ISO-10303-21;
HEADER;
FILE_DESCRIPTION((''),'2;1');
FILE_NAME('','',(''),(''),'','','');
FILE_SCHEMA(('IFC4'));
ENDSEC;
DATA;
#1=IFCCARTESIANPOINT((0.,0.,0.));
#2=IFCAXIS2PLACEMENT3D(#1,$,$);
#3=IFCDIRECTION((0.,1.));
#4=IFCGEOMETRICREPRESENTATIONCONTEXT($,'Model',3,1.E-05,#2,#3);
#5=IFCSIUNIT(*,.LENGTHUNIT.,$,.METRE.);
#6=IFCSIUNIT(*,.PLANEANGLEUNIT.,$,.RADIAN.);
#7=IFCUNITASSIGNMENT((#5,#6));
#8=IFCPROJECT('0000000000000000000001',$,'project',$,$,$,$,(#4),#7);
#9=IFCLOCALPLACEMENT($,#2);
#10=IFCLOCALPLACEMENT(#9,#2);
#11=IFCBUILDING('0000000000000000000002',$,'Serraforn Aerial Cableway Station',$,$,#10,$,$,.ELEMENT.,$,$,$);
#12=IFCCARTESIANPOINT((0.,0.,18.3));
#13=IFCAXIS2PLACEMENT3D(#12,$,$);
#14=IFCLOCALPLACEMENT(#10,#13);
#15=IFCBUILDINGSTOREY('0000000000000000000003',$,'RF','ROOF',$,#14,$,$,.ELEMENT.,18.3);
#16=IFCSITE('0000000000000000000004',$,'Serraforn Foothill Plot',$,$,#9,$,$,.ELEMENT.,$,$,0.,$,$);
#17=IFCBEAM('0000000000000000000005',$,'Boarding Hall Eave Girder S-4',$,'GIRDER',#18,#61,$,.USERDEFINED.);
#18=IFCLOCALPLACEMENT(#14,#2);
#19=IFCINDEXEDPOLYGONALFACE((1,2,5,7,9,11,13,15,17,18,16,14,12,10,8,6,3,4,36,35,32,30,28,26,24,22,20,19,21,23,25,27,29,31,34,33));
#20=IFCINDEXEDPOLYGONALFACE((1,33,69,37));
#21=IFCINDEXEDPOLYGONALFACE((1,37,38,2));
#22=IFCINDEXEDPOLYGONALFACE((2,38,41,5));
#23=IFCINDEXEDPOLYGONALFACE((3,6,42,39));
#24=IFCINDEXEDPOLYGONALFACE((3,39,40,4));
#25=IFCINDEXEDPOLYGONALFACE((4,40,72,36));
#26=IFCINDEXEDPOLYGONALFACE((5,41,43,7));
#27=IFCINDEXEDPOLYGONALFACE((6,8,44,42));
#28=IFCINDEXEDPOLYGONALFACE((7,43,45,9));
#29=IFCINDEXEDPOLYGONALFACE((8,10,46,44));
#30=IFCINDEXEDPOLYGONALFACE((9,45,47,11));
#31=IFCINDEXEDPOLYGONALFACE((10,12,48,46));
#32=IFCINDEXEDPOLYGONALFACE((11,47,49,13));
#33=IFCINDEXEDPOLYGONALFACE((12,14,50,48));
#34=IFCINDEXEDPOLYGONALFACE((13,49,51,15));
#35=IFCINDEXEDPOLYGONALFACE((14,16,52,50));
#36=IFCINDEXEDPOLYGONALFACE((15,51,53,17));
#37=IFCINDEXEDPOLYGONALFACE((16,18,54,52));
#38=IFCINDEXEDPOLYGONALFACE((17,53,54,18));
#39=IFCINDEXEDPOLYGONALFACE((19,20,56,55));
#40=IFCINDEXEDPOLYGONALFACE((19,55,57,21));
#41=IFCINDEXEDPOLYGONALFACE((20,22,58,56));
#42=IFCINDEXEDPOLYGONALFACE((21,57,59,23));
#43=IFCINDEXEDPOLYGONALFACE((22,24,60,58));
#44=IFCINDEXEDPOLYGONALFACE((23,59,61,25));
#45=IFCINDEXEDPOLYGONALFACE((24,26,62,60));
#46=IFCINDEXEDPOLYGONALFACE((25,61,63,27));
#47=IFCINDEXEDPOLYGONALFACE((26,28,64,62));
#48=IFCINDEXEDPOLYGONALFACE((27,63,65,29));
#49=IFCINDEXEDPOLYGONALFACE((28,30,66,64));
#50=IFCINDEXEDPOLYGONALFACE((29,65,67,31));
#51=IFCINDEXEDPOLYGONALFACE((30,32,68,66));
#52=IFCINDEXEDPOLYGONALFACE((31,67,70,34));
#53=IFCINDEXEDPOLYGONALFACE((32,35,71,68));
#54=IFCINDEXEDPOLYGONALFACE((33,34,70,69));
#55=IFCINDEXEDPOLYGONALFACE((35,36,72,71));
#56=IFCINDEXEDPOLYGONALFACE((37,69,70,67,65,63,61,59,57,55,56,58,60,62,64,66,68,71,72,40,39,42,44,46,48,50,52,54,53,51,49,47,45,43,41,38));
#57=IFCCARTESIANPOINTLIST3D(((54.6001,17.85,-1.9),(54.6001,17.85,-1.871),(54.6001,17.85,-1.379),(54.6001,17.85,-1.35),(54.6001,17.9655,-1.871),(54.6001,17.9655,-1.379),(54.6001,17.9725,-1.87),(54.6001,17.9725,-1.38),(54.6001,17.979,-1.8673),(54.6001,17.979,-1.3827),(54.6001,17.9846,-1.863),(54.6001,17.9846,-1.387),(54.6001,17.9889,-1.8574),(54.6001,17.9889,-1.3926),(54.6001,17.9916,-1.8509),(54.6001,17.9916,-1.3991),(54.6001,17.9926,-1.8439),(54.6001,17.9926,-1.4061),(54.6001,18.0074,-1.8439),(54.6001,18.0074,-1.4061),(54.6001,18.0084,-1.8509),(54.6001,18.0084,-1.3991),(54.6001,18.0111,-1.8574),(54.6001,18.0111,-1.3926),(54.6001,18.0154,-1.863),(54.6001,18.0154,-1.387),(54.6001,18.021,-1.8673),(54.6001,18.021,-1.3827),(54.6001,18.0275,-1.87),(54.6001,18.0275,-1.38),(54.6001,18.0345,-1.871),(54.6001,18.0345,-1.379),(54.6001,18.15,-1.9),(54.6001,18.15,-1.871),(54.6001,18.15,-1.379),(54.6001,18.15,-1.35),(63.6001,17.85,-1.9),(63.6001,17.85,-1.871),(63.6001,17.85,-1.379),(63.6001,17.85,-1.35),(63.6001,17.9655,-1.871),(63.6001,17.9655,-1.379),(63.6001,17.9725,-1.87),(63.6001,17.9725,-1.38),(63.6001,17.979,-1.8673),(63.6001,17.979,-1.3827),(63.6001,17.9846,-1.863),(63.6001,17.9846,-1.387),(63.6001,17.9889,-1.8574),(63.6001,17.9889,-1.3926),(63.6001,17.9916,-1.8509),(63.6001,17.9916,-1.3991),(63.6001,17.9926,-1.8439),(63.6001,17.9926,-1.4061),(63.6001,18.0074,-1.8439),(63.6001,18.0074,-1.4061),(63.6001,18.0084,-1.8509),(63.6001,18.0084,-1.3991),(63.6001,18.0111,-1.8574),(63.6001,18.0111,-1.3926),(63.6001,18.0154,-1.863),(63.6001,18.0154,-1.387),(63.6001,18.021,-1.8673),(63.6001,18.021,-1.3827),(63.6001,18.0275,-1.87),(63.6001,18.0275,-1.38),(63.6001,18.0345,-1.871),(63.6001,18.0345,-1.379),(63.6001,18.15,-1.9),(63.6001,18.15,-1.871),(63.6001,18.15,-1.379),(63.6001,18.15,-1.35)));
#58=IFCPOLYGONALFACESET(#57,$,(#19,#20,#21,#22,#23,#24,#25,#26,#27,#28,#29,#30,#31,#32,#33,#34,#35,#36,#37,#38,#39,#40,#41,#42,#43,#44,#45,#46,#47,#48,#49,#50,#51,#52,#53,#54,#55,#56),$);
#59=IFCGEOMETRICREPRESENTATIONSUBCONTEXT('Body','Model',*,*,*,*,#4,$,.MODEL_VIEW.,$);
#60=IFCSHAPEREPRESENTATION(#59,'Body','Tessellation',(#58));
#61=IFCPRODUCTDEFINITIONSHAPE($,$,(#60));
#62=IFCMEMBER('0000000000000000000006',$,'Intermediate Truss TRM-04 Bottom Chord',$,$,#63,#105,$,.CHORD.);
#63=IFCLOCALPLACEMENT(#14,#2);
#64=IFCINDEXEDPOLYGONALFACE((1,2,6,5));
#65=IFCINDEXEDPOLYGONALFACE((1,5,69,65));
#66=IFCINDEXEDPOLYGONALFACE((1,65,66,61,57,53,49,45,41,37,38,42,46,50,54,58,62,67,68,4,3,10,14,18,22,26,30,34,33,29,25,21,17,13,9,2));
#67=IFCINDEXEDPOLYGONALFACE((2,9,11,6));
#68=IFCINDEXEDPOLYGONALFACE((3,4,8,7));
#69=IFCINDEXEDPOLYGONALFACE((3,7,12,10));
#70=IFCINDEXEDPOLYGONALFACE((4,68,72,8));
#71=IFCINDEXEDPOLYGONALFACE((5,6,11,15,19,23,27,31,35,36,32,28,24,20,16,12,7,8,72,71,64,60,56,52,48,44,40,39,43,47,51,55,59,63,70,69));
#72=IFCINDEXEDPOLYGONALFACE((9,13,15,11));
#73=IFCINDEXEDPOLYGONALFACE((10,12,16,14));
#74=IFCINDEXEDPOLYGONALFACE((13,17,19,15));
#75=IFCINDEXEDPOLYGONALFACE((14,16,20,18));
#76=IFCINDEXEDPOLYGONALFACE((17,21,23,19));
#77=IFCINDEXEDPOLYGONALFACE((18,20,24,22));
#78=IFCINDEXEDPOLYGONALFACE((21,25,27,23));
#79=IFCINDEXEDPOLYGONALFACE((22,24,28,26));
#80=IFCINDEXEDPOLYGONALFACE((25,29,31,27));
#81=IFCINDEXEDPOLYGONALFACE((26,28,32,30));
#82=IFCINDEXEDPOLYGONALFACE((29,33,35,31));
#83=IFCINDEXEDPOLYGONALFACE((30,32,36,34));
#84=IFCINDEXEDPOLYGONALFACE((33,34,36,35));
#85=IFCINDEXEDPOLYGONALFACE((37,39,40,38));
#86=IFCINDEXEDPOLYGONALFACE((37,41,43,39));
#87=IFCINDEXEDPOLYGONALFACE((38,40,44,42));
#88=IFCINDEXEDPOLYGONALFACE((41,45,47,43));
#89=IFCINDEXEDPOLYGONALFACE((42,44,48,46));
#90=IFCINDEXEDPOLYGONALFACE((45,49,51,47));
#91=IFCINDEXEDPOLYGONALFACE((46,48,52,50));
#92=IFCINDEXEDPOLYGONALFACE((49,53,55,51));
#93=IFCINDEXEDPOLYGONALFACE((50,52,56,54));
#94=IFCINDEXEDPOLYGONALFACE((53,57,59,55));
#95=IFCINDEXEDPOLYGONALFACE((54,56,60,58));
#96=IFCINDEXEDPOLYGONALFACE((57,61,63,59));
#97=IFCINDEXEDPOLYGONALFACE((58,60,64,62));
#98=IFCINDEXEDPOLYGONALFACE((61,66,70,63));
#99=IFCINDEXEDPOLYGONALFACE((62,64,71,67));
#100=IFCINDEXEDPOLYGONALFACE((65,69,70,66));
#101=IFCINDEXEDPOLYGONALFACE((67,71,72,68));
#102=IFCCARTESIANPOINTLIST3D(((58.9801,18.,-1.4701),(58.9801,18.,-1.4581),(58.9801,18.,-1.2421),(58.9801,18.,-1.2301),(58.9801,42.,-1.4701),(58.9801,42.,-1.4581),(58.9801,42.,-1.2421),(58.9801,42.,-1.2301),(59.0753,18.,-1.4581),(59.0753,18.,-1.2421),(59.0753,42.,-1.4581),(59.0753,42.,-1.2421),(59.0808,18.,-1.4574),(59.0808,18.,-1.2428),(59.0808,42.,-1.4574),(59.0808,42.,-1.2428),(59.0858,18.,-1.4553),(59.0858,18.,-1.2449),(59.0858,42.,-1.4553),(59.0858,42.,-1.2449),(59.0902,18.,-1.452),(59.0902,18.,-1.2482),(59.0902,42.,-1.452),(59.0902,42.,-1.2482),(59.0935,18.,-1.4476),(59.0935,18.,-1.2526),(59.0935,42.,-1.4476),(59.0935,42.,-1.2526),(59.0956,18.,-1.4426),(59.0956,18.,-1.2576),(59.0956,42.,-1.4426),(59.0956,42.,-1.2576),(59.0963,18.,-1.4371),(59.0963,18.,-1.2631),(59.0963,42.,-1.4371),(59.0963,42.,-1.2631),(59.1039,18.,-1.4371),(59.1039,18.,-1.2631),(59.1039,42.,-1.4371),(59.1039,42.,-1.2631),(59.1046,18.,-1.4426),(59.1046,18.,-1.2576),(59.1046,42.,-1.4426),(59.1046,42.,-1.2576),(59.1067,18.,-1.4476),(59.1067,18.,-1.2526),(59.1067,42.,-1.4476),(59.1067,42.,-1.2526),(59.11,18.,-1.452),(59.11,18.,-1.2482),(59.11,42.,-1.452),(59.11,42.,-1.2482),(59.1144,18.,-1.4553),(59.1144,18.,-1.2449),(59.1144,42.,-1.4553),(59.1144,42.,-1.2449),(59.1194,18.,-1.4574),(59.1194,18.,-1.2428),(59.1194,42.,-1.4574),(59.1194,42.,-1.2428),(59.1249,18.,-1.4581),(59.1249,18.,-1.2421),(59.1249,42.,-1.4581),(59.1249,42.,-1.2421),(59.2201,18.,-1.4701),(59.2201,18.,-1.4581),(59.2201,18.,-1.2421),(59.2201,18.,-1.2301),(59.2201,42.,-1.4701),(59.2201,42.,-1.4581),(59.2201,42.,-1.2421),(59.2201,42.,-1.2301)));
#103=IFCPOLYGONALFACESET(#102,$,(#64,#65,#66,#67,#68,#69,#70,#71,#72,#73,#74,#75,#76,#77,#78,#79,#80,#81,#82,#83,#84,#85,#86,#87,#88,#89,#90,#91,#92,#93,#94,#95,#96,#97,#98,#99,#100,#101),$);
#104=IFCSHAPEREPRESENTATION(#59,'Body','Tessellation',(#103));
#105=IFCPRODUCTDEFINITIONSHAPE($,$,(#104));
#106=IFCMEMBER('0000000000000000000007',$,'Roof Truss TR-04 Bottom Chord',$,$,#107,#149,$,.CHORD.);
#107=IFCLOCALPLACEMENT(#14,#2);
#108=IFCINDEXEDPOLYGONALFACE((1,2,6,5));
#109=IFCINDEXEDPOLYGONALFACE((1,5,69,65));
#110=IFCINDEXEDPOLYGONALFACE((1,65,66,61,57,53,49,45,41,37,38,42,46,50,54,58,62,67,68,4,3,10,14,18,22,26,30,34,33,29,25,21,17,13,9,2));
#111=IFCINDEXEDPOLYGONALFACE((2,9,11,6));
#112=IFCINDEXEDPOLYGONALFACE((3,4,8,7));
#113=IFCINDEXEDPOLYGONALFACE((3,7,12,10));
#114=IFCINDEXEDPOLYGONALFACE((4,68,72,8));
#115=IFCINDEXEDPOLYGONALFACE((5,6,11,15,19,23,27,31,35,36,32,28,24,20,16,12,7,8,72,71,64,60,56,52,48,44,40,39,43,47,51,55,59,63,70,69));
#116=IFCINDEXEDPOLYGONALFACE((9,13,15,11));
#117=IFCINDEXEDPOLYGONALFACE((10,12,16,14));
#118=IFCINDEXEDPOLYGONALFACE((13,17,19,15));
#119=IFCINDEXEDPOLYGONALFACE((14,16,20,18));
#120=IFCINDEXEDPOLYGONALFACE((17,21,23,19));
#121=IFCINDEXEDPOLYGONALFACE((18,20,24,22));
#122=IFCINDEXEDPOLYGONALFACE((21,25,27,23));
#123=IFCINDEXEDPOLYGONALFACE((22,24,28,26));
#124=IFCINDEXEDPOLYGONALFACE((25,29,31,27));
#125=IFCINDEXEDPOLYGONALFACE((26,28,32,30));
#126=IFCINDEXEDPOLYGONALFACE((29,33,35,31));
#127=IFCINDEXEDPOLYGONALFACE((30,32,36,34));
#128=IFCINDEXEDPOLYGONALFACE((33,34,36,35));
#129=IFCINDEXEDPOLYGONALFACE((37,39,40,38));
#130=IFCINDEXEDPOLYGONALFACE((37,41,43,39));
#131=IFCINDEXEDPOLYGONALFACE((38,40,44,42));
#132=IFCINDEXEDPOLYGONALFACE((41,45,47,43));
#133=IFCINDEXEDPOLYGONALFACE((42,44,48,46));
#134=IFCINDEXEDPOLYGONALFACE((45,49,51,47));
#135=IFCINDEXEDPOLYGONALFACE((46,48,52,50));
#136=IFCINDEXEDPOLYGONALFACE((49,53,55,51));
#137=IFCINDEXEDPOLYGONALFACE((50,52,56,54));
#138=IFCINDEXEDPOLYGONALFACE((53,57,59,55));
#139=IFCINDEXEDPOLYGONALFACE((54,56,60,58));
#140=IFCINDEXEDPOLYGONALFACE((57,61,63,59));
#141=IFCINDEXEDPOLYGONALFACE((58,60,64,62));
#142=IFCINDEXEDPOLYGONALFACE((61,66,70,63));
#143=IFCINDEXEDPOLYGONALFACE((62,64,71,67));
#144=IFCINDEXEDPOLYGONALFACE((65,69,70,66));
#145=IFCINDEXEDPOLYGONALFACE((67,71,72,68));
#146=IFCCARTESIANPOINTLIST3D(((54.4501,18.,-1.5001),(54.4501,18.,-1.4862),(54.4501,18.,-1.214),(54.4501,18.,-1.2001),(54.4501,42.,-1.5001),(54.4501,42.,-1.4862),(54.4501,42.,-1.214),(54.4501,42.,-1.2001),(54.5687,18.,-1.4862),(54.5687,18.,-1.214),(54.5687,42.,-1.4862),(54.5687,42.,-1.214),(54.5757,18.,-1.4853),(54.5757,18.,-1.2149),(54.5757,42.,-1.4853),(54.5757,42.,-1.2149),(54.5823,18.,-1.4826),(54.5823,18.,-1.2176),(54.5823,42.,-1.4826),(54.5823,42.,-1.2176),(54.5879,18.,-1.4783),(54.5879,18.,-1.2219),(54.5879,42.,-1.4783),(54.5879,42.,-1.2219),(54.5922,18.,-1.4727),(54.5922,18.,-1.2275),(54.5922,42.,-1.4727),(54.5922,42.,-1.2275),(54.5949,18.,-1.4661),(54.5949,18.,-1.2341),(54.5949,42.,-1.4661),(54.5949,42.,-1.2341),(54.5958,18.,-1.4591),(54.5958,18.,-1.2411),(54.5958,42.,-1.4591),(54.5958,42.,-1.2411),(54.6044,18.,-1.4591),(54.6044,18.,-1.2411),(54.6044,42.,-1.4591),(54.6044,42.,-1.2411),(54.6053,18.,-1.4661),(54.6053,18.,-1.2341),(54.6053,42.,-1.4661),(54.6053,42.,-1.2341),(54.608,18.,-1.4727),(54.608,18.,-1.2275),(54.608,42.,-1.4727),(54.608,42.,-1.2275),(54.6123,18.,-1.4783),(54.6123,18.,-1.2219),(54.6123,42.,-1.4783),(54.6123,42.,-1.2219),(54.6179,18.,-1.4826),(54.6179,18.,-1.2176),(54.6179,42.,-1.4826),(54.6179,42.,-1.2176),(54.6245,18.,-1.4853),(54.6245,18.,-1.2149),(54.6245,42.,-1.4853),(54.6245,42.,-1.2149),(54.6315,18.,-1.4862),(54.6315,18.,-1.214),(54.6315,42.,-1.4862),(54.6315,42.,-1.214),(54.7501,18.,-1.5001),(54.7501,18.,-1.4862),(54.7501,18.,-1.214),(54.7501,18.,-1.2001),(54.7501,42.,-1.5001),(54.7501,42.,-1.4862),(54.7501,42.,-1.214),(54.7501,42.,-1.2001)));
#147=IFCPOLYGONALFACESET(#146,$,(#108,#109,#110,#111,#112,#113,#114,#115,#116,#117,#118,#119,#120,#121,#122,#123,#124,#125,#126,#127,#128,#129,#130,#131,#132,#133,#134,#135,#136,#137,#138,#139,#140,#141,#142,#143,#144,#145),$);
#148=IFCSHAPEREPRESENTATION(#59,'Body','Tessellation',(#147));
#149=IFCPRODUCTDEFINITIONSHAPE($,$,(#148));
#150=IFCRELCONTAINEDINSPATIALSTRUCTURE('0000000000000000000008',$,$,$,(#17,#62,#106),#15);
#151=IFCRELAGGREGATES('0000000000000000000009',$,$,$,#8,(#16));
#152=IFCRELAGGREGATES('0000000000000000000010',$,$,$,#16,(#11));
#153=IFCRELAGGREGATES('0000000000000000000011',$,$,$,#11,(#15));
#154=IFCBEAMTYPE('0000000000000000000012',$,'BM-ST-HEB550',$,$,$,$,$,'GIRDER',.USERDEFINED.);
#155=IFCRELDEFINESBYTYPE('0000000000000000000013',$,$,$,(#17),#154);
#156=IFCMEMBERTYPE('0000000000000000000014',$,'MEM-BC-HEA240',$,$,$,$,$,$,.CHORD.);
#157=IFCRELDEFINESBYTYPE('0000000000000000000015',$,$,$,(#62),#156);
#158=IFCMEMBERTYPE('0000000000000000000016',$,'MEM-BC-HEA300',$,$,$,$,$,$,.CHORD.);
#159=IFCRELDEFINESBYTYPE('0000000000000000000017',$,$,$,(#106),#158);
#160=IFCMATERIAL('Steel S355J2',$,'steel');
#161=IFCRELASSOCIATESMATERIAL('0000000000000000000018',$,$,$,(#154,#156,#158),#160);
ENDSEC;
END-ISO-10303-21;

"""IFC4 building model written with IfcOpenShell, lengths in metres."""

from ifc_helpers import new_model, si_unit, direction, frame, origin, origin_2d, place, context, subcontext, project, spatial, i_section, extrude, material, material_profile, profile_set, type_object, element, save


model = new_model("IFC4")

# Units and contexts
model_context = context("Model", 3, precision=1e-05, world=origin(), true_north=direction((0.0, 1.0)))
body_context = subcontext(model_context, "Body", "Model", "MODEL_VIEW")
ifc_project = project(units=[si_unit("LENGTHUNIT", "METRE"), si_unit("PLANEANGLEUNIT", "RADIAN")], contexts=[model_context])

# Site, building, storey
site_placement = place(None, origin())
site = spatial("IfcSite", under=ifc_project, at=site_placement, Name="Serraforn Foothill Plot", CompositionType="ELEMENT", RefElevation=0.0)
building_placement = place(site_placement, origin())
building = spatial("IfcBuilding", under=site, at=building_placement, Name="Serraforn Aerial Cableway Station", CompositionType="ELEMENT")
storey_placement = place(building_placement, frame((0.0, 0.0, 18.3)))
storey = spatial("IfcBuildingStorey", under=building, at=storey_placement, Name="RF", Description="ROOF", CompositionType="ELEMENT", Elevation=18.3)

# Beam
ifc_material_1 = material(Name="Steel S355J2", Category="steel")
ifc_material_profile_1 = material_profile(ifc_material_1, i_section(OverallWidth=0.3, OverallDepth=0.55, WebThickness=0.0149, FlangeThickness=0.0291, FilletRadius=0.0271, at=origin_2d()), Name="HEB 550")
ifc_profile_set_1 = profile_set([ifc_material_profile_1], Name="Steel S355J2")
beam_type = type_object("IfcBeamType", Name="BM-ST-HEB550", ElementType="GIRDER", PredefinedType="USERDEFINED", material=ifc_profile_set_1)
beam_placement = place(storey_placement, frame((54.6001, 18.0, -1.625), z_axis=(1.0, 0.0, 0.0), x_axis=(0.0, 1.0, 0.0)))
element("IfcBeam", 1, at=beam_placement, inside=storey, type_object=beam_type, Name="Boarding Hall Eave Girder S-4", ObjectType="GIRDER", PredefinedType="USERDEFINED", context=body_context, shape_type="SweptSolid", body=[
    extrude(i_section(OverallWidth=0.3, OverallDepth=0.55, WebThickness=0.0149, FlangeThickness=0.0291, FilletRadius=0.0271, at=origin_2d()), origin(), (0.0, 0.0, 1.0), 9.0),
])

# Members
ifc_material_profile_2 = material_profile(ifc_material_1, i_section(OverallWidth=0.24, OverallDepth=0.24, WebThickness=0.0076, FlangeThickness=0.012, FilletRadius=0.021, at=origin_2d()), Name="HEA 240")
ifc_profile_set_2 = profile_set([ifc_material_profile_2], Name="Steel S355J2")
member_type_1 = type_object("IfcMemberType", Name="MEM-BC-HEA240", PredefinedType="CHORD", material=ifc_profile_set_2)
member_1_placement = place(storey_placement, frame((59.1001, 18.0, -1.3501), z_axis=(0.0, 1.0, 0.0), x_axis=(-1.0, 0.0, 0.0)))
element("IfcMember", 2, at=member_1_placement, inside=storey, type_object=member_type_1, Name="Intermediate Truss TRM-04 Bottom Chord", PredefinedType="CHORD", context=body_context, shape_type="SweptSolid", body=[
    extrude(i_section(OverallWidth=0.24, OverallDepth=0.24, WebThickness=0.0076, FlangeThickness=0.012, FilletRadius=0.021, at=origin_2d()), origin(), (0.0, 0.0, 1.0), 24.0),
])
ifc_material_profile_3 = material_profile(ifc_material_1, i_section(OverallWidth=0.3, OverallDepth=0.3, WebThickness=0.0085, FlangeThickness=0.0139, FilletRadius=0.0271, at=origin_2d()), Name="HEA 300")
ifc_profile_set_3 = profile_set([ifc_material_profile_3], Name="Steel S355J2")
member_type_2 = type_object("IfcMemberType", Name="MEM-BC-HEA300", PredefinedType="CHORD", material=ifc_profile_set_3)
member_2_placement = place(storey_placement, frame((54.6001, 18.0, -1.3501), z_axis=(0.0, 1.0, 0.0), x_axis=(-1.0, 0.0, 0.0)))
element("IfcMember", 3, at=member_2_placement, inside=storey, type_object=member_type_2, Name="Roof Truss TR-04 Bottom Chord", PredefinedType="CHORD", context=body_context, shape_type="SweptSolid", body=[
    extrude(i_section(OverallWidth=0.3, OverallDepth=0.3, WebThickness=0.0085, FlangeThickness=0.0139, FilletRadius=0.0271, at=origin_2d()), origin(), (0.0, 0.0, 1.0), 24.0),
])

save(model, "model.ifc")
